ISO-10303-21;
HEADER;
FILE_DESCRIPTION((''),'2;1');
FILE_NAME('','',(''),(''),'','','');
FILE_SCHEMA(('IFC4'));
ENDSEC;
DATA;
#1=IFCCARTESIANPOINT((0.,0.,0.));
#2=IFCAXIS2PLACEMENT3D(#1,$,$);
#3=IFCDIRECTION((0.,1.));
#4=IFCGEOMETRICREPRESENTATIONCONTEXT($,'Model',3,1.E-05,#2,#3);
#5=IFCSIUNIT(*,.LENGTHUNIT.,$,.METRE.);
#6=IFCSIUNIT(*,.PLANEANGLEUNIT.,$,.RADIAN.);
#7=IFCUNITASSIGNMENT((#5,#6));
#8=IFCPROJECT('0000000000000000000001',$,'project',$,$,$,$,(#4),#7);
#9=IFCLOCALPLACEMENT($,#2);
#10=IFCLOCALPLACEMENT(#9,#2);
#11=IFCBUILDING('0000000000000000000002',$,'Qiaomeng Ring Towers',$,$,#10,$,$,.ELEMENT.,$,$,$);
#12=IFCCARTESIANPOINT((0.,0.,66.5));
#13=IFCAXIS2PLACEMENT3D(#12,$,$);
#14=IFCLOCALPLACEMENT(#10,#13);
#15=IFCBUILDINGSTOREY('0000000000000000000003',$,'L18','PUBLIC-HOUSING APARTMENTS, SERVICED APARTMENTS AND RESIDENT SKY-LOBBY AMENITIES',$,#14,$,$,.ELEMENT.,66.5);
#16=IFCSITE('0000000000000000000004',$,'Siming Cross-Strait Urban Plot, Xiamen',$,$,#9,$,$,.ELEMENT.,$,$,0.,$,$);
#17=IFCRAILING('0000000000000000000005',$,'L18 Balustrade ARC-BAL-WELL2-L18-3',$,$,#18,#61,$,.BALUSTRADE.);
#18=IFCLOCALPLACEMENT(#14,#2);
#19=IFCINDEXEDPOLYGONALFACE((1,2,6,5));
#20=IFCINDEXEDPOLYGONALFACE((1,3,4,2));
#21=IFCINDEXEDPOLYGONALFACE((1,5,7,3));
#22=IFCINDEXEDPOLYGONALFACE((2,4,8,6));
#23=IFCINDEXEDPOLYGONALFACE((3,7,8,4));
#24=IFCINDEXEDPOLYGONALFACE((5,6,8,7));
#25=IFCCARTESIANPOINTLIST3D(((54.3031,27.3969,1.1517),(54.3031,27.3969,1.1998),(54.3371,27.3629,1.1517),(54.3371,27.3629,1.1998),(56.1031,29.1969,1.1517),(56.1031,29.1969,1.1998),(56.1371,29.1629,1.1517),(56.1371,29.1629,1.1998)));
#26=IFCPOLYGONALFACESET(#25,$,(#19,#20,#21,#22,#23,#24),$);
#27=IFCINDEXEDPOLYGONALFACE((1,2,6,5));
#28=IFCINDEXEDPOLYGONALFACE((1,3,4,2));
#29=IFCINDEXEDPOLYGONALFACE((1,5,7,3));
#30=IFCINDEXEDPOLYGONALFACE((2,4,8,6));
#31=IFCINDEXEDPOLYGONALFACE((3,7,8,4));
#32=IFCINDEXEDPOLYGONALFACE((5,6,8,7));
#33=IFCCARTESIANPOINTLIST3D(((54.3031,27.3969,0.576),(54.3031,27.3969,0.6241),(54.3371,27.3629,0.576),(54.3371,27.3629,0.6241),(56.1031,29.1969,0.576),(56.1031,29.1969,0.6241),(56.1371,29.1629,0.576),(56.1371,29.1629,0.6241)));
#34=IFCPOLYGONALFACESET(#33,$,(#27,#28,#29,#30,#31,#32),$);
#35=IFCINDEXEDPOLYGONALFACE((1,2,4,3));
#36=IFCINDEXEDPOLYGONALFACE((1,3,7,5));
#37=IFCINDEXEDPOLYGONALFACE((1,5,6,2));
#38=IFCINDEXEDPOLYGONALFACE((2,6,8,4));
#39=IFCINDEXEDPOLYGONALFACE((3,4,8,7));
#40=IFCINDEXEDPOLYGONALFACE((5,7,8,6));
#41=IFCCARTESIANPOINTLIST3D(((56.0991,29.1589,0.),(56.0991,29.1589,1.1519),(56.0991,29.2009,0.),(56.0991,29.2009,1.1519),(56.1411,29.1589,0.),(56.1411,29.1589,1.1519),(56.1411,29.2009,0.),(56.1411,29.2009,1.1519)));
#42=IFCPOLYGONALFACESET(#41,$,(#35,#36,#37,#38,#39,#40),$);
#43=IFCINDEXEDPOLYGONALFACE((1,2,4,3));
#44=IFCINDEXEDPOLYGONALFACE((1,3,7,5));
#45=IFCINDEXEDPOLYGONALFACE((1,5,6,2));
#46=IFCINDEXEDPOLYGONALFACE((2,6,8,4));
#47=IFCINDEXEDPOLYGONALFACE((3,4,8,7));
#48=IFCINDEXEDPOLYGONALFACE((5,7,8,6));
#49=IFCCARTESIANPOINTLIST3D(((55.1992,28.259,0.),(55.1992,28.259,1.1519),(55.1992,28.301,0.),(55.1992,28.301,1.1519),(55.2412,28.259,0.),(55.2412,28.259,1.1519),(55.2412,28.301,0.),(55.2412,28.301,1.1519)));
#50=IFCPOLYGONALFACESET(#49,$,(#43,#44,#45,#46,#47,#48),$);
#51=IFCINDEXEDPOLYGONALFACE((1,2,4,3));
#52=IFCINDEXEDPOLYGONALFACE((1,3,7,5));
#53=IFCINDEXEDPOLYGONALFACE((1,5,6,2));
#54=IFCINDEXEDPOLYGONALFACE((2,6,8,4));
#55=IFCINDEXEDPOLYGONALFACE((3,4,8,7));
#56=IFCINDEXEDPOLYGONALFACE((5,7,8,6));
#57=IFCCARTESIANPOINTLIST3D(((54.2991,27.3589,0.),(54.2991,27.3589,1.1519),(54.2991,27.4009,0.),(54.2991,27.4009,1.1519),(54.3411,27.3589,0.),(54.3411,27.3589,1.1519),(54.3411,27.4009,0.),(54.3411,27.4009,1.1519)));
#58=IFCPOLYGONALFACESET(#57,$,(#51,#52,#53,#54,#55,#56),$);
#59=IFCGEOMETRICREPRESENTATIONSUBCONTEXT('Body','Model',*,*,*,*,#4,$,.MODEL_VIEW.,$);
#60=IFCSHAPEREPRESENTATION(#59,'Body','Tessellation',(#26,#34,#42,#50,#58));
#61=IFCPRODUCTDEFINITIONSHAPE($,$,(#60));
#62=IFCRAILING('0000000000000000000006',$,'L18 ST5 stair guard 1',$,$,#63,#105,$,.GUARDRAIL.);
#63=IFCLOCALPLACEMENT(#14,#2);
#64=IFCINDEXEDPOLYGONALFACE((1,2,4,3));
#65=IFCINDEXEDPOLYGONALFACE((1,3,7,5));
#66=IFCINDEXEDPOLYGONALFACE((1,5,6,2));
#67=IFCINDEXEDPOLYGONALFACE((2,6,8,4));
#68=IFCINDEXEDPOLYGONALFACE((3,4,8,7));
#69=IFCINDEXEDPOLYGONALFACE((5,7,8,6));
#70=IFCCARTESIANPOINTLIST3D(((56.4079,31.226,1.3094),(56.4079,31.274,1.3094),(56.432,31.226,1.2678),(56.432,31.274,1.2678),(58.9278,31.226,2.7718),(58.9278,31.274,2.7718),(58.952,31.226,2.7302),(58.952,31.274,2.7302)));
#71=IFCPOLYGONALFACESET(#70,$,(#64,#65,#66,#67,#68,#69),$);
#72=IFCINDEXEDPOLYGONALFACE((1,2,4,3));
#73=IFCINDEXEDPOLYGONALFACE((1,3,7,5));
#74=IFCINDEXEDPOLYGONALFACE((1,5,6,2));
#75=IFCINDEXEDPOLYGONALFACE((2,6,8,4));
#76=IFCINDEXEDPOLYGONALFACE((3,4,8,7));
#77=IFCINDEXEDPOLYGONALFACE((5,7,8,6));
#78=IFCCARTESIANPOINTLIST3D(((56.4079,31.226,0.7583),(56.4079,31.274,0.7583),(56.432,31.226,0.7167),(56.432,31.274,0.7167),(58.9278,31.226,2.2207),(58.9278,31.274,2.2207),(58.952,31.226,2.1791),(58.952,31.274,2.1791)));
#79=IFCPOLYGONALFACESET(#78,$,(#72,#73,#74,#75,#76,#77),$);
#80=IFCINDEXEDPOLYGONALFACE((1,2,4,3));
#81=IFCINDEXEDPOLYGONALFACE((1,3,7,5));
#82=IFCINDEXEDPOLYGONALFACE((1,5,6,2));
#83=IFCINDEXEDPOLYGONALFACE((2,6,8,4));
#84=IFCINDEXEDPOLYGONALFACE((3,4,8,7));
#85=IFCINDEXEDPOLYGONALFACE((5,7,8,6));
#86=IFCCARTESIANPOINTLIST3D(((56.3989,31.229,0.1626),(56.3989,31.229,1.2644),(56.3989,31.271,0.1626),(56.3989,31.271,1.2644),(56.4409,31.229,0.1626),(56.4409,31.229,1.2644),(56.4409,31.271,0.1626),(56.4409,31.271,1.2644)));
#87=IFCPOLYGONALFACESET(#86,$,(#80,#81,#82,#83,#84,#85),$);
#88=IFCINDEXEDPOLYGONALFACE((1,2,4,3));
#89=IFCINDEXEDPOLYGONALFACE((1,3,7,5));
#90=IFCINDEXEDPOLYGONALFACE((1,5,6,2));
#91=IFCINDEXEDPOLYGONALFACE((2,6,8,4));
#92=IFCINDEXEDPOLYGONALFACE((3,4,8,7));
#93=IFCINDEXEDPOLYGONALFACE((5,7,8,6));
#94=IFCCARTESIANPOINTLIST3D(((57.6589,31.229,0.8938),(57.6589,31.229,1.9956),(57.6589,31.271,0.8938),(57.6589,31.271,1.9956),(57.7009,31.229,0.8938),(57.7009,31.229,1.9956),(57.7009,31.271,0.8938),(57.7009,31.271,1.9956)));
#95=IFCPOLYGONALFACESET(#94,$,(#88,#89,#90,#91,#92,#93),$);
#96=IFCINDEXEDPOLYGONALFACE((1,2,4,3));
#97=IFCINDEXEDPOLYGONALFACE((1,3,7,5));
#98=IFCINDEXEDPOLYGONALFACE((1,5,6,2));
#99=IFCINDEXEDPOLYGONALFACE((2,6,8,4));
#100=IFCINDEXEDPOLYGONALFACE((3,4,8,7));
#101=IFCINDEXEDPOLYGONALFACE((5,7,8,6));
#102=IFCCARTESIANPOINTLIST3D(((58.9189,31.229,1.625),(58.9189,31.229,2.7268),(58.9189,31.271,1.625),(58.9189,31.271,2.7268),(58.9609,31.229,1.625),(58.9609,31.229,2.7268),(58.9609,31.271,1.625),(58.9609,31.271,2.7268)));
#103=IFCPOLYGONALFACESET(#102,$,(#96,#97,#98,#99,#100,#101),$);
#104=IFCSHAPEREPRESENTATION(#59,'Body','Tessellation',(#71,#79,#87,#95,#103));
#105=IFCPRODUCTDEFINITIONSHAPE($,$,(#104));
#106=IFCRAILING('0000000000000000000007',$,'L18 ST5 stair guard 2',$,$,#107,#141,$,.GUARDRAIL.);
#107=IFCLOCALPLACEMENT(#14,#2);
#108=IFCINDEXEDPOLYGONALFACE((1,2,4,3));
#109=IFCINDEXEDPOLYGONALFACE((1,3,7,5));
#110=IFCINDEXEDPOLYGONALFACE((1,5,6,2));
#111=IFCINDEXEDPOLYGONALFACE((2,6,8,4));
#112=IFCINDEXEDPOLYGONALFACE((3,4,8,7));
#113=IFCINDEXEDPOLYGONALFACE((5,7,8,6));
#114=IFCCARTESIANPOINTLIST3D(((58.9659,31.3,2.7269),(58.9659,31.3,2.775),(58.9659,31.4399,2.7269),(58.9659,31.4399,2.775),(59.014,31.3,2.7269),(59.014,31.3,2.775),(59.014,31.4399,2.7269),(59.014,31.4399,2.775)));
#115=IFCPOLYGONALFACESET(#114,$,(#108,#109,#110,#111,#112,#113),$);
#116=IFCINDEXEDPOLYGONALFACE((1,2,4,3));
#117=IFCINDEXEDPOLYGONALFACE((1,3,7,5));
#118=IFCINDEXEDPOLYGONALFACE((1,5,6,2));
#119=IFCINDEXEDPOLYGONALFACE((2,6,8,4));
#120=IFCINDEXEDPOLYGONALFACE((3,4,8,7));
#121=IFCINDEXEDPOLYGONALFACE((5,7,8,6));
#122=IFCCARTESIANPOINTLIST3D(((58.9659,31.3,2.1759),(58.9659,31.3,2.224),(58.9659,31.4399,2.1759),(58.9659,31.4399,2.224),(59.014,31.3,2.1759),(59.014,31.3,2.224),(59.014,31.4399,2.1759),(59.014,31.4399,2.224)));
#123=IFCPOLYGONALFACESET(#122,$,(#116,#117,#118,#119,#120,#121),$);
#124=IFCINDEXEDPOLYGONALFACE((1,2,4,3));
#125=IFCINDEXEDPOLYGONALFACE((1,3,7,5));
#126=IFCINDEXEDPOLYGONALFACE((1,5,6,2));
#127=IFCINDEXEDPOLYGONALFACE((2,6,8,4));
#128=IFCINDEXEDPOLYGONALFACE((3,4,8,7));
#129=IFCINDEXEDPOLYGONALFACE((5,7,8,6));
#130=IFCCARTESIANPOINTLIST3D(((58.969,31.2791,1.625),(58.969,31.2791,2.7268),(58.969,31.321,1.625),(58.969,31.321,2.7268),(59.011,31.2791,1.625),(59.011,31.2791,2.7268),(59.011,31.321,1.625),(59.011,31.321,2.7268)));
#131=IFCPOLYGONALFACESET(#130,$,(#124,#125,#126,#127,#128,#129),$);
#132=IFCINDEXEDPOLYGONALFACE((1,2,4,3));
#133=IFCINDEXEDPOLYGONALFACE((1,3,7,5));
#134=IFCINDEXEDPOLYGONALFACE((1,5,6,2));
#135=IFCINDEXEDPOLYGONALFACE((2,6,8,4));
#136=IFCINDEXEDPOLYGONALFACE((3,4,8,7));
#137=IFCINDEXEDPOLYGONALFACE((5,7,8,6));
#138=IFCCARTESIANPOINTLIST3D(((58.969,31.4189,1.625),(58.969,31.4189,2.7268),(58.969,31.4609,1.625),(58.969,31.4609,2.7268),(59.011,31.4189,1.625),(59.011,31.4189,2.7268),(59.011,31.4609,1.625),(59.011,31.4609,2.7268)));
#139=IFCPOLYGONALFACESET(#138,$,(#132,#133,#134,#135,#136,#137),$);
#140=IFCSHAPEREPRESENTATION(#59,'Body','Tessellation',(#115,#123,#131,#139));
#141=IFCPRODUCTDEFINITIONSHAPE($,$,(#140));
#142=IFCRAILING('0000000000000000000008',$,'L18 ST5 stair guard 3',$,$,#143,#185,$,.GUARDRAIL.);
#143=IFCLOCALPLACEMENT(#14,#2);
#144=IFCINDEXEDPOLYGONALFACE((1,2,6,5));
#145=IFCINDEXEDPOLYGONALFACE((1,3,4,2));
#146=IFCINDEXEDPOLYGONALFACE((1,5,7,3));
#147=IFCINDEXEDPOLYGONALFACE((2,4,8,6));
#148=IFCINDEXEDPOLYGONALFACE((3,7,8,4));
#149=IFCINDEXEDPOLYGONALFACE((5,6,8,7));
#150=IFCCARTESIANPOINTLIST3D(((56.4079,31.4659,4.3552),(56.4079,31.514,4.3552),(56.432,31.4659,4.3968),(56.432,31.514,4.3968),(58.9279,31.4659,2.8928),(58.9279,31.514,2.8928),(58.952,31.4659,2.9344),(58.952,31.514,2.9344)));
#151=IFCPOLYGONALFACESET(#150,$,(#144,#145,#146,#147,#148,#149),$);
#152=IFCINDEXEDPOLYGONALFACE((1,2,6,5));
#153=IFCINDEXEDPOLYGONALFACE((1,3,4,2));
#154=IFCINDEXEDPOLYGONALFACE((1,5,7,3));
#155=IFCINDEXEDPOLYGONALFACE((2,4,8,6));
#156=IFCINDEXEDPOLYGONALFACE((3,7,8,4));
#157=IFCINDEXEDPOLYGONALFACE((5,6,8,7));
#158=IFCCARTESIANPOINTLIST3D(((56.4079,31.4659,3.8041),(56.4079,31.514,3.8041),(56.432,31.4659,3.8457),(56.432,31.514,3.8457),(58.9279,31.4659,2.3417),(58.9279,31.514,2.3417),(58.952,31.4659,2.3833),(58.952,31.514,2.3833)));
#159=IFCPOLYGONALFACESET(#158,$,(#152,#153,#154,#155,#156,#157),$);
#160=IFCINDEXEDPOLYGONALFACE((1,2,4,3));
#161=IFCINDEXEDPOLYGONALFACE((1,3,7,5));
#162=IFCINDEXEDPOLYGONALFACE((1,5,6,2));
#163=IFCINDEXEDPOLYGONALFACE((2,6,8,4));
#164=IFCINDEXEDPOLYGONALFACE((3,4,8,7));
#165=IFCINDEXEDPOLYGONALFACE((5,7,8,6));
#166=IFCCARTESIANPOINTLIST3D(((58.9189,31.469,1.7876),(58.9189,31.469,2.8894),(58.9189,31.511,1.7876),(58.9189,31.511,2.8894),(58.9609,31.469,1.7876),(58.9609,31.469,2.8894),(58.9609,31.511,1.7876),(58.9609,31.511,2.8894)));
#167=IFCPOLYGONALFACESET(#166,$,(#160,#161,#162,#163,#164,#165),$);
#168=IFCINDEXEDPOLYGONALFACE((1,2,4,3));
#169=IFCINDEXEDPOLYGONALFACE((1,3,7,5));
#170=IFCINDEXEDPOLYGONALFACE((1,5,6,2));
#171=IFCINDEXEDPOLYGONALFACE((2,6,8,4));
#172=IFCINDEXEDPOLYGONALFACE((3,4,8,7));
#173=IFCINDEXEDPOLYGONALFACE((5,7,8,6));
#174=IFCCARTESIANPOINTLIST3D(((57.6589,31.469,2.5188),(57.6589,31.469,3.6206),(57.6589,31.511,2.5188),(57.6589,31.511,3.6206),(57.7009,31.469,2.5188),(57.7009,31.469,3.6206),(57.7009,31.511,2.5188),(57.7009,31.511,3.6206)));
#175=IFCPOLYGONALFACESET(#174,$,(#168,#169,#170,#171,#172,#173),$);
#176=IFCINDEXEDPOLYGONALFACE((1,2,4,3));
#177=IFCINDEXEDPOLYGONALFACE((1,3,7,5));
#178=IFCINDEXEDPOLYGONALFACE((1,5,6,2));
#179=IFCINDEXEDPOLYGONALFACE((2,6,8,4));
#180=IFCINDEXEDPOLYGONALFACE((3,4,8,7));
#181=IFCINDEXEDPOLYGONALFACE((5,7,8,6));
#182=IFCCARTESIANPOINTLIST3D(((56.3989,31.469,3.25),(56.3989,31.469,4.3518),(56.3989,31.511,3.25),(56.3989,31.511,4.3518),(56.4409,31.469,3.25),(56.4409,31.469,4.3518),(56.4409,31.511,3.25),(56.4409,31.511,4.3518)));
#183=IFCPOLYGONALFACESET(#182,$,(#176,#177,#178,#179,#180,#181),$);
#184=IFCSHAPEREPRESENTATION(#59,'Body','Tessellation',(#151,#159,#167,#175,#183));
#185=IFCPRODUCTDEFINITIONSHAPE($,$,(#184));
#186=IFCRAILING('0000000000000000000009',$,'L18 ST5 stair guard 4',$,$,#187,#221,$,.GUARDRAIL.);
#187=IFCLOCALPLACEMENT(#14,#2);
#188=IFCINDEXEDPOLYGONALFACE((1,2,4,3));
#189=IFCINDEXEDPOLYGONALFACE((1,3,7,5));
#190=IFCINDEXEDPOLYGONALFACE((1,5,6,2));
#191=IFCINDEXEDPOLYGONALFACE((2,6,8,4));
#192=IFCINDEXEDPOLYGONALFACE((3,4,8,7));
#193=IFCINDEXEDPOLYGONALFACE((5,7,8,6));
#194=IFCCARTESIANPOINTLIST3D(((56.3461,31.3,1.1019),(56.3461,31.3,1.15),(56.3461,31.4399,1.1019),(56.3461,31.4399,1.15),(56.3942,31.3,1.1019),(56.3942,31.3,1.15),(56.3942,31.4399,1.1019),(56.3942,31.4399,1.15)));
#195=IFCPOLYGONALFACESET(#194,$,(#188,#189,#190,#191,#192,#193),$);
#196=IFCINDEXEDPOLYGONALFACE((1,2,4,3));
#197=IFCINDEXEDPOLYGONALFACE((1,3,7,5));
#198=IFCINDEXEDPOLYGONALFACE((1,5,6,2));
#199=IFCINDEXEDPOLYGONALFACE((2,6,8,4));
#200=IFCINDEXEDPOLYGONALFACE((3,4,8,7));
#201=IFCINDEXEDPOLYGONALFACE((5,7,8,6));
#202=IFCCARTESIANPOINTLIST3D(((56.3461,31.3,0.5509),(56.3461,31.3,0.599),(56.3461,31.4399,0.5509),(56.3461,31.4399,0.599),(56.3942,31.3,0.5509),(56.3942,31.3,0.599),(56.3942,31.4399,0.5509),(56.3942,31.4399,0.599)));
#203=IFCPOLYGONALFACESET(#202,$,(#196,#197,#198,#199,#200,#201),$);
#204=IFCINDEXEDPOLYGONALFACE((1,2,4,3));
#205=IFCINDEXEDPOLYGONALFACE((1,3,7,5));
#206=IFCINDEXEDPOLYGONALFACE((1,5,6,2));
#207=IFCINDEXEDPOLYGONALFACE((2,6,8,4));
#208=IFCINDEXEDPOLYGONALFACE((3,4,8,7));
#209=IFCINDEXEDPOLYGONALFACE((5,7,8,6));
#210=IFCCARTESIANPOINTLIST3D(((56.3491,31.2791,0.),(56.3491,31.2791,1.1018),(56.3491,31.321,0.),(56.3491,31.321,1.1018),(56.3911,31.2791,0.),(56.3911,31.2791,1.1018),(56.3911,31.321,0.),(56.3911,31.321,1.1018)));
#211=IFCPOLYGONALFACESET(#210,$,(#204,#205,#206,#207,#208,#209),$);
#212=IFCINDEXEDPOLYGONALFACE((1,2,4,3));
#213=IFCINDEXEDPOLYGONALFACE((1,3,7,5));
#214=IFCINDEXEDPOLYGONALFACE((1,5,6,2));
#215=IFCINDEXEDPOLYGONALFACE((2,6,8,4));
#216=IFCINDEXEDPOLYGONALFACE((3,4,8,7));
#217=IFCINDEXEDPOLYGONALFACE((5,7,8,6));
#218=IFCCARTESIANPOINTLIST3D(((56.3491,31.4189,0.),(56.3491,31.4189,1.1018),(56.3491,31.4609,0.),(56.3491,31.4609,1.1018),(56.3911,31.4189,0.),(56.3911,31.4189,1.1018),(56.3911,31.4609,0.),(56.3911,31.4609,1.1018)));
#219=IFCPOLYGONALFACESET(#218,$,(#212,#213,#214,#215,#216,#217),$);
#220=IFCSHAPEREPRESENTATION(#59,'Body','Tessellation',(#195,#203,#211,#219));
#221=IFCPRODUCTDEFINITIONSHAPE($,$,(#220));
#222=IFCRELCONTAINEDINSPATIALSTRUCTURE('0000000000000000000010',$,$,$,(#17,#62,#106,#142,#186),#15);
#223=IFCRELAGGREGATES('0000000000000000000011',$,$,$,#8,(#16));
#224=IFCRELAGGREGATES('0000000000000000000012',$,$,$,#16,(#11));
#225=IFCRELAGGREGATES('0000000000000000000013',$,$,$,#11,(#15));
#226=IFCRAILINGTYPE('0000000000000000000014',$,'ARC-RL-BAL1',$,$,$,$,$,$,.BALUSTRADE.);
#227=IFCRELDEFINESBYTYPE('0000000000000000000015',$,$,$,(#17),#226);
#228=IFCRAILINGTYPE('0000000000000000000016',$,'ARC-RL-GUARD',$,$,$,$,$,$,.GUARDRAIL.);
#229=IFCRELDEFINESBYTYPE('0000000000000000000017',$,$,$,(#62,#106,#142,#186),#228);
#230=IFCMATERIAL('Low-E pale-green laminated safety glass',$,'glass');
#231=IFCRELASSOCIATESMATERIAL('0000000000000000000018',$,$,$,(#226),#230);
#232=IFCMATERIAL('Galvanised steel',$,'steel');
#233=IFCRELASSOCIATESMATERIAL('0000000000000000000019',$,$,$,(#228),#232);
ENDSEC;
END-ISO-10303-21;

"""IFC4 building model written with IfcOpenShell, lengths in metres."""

from ifc_helpers import new_model, si_unit, direction, frame, origin, origin_2d, place, context, subcontext, project, spatial, rectangle, extrude, material, type_object, element, save


model = new_model("IFC4")

# Units and contexts
model_context = context("Model", 3, precision=1e-05, world=origin(), true_north=direction((0.0, 1.0)))
body_context = subcontext(model_context, "Body", "Model", "MODEL_VIEW")
ifc_project = project(units=[si_unit("LENGTHUNIT", "METRE"), si_unit("PLANEANGLEUNIT", "RADIAN")], contexts=[model_context])

# Site, building, storey
site_placement = place(None, origin())
site = spatial("IfcSite", under=ifc_project, at=site_placement, Name="Siming Cross-Strait Urban Plot, Xiamen", CompositionType="ELEMENT", RefElevation=0.0)
building_placement = place(site_placement, origin())
building = spatial("IfcBuilding", under=site, at=building_placement, Name="Qiaomeng Ring Towers", CompositionType="ELEMENT")
storey_placement = place(building_placement, frame((0.0, 0.0, 66.5)))
storey = spatial("IfcBuildingStorey", under=building, at=storey_placement, Name="L18", Description="PUBLIC-HOUSING APARTMENTS, SERVICED APARTMENTS AND RESIDENT SKY-LOBBY AMENITIES", CompositionType="ELEMENT", Elevation=66.5)

# Railings
ifc_material_1 = material(Name="Low-E pale-green laminated safety glass", Category="glass")
railing_type_1 = type_object("IfcRailingType", Name="ARC-RL-BAL1", PredefinedType="BALUSTRADE", material=ifc_material_1)
railing_1_placement = place(storey_placement, frame((56.1201, 29.1799, 0.0)))
element("IfcRailing", 1, at=railing_1_placement, inside=storey, type_object=railing_type_1, Name="L18 Balustrade ARC-BAL-WELL2-L18-3", PredefinedType="BALUSTRADE", context=body_context, shape_type="SweptSolid", body=[
    extrude(rectangle(XDim=0.0481, YDim=0.0481, at=origin_2d()), frame((0.0, 0.0, 1.1758), z_axis=(-0.707107, -0.707107, 0.0), x_axis=(0.707107, -0.707107, 0.0)), (0.0, 0.0, 1.0), 2.5457),
    extrude(rectangle(XDim=0.0481, YDim=0.0481, at=origin_2d()), frame((0.0, 0.0, 0.6001), z_axis=(-0.707107, -0.707107, 0.0), x_axis=(0.707107, -0.707107, 0.0)), (0.0, 0.0, 1.0), 2.5457),
    extrude(rectangle(XDim=0.042, YDim=0.042, at=origin_2d()), origin(), (0.0, 0.0, 1.0), 1.1519),
    extrude(rectangle(XDim=0.042, YDim=0.042, at=origin_2d()), frame((-0.8999, -0.8999, 0.0)), (0.0, 0.0, 1.0), 1.1519),
    extrude(rectangle(XDim=0.042, YDim=0.042, at=origin_2d()), frame((-1.8, -1.8, 0.0)), (0.0, 0.0, 1.0), 1.1519),
])
ifc_material_2 = material(Name="Galvanised steel", Category="steel")
railing_type_2 = type_object("IfcRailingType", Name="ARC-RL-GUARD", PredefinedType="GUARDRAIL", material=ifc_material_2)
railing_2_placement = place(storey_placement, frame((56.4199, 31.25, 0.1626)))
element("IfcRailing", 2, at=railing_2_placement, inside=storey, type_object=railing_type_2, Name="L18 ST5 stair guard 1", PredefinedType="GUARDRAIL", context=body_context, shape_type="SweptSolid", body=[
    extrude(rectangle(XDim=0.0481, YDim=0.0481, at=origin_2d()), frame((0.0, 0.0, 1.126), z_axis=(0.864913, 0.0, 0.501921), x_axis=(0.0, 1.0, 0.0)), (0.0, 0.0, 1.0), 2.9136),
    extrude(rectangle(XDim=0.0481, YDim=0.0481, at=origin_2d()), frame((0.0, 0.0, 0.575), z_axis=(0.864913, 0.0, 0.501921), x_axis=(0.0, 1.0, 0.0)), (0.0, 0.0, 1.0), 2.9136),
    extrude(rectangle(XDim=0.042, YDim=0.042, at=origin_2d()), origin(), (0.0, 0.0, 1.0), 1.1018),
    extrude(rectangle(XDim=0.042, YDim=0.042, at=origin_2d()), frame((1.26, 0.0, 0.7312)), (0.0, 0.0, 1.0), 1.1018),
    extrude(rectangle(XDim=0.042, YDim=0.042, at=origin_2d()), frame((2.52, 0.0, 1.4624)), (0.0, 0.0, 1.0), 1.1018),
])
railing_3_placement = place(storey_placement, frame((58.99, 31.3, 1.625)))
element("IfcRailing", 3, at=railing_3_placement, inside=storey, type_object=railing_type_2, Name="L18 ST5 stair guard 2", PredefinedType="GUARDRAIL", context=body_context, shape_type="SweptSolid", body=[
    extrude(rectangle(XDim=0.0481, YDim=0.0481, at=origin_2d()), frame((0.0, 0.0, 1.126), z_axis=(0.0, 1.0, 0.0), x_axis=(-1.0, 0.0, 0.0)), (0.0, 0.0, 1.0), 0.1399),
    extrude(rectangle(XDim=0.0481, YDim=0.0481, at=origin_2d()), frame((0.0, 0.0, 0.575), z_axis=(0.0, 1.0, 0.0), x_axis=(-1.0, 0.0, 0.0)), (0.0, 0.0, 1.0), 0.1399),
    extrude(rectangle(XDim=0.042, YDim=0.042, at=origin_2d()), origin(), (0.0, 0.0, 1.0), 1.1018),
    extrude(rectangle(XDim=0.042, YDim=0.042, at=origin_2d()), frame((0.0, 0.1399, 0.0)), (0.0, 0.0, 1.0), 1.1018),
])
railing_4_placement = place(storey_placement, frame((58.9399, 31.49, 1.7876)))
element("IfcRailing", 4, at=railing_4_placement, inside=storey, type_object=railing_type_2, Name="L18 ST5 stair guard 3", PredefinedType="GUARDRAIL", context=body_context, shape_type="SweptSolid", body=[
    extrude(rectangle(XDim=0.0481, YDim=0.0481, at=origin_2d()), frame((0.0, 0.0, 1.126), z_axis=(-0.864913, 0.0, 0.501921), x_axis=(0.0, -1.0, 0.0)), (0.0, 0.0, 1.0), 2.9136),
    extrude(rectangle(XDim=0.0481, YDim=0.0481, at=origin_2d()), frame((0.0, 0.0, 0.575), z_axis=(-0.864913, 0.0, 0.501921), x_axis=(0.0, -1.0, 0.0)), (0.0, 0.0, 1.0), 2.9136),
    extrude(rectangle(XDim=0.042, YDim=0.042, at=origin_2d()), origin(), (0.0, 0.0, 1.0), 1.1018),
    extrude(rectangle(XDim=0.042, YDim=0.042, at=origin_2d()), frame((-1.26, 0.0, 0.7312)), (0.0, 0.0, 1.0), 1.1018),
    extrude(rectangle(XDim=0.042, YDim=0.042, at=origin_2d()), frame((-2.52, 0.0, 1.4624)), (0.0, 0.0, 1.0), 1.1018),
])
railing_5_placement = place(storey_placement, frame((56.3701, 31.3, 0.0)))
element("IfcRailing", 5, at=railing_5_placement, inside=storey, type_object=railing_type_2, Name="L18 ST5 stair guard 4", PredefinedType="GUARDRAIL", context=body_context, shape_type="SweptSolid", body=[
    extrude(rectangle(XDim=0.0481, YDim=0.0481, at=origin_2d()), frame((0.0, 0.0, 1.126), z_axis=(0.0, 1.0, 0.0), x_axis=(-1.0, 0.0, 0.0)), (0.0, 0.0, 1.0), 0.1399),
    extrude(rectangle(XDim=0.0481, YDim=0.0481, at=origin_2d()), frame((0.0, 0.0, 0.575), z_axis=(0.0, 1.0, 0.0), x_axis=(-1.0, 0.0, 0.0)), (0.0, 0.0, 1.0), 0.1399),
    extrude(rectangle(XDim=0.042, YDim=0.042, at=origin_2d()), origin(), (0.0, 0.0, 1.0), 1.1018),
    extrude(rectangle(XDim=0.042, YDim=0.042, at=origin_2d()), frame((0.0, 0.1399, 0.0)), (0.0, 0.0, 1.0), 1.1018),
])

save(model, "model.ifc")
